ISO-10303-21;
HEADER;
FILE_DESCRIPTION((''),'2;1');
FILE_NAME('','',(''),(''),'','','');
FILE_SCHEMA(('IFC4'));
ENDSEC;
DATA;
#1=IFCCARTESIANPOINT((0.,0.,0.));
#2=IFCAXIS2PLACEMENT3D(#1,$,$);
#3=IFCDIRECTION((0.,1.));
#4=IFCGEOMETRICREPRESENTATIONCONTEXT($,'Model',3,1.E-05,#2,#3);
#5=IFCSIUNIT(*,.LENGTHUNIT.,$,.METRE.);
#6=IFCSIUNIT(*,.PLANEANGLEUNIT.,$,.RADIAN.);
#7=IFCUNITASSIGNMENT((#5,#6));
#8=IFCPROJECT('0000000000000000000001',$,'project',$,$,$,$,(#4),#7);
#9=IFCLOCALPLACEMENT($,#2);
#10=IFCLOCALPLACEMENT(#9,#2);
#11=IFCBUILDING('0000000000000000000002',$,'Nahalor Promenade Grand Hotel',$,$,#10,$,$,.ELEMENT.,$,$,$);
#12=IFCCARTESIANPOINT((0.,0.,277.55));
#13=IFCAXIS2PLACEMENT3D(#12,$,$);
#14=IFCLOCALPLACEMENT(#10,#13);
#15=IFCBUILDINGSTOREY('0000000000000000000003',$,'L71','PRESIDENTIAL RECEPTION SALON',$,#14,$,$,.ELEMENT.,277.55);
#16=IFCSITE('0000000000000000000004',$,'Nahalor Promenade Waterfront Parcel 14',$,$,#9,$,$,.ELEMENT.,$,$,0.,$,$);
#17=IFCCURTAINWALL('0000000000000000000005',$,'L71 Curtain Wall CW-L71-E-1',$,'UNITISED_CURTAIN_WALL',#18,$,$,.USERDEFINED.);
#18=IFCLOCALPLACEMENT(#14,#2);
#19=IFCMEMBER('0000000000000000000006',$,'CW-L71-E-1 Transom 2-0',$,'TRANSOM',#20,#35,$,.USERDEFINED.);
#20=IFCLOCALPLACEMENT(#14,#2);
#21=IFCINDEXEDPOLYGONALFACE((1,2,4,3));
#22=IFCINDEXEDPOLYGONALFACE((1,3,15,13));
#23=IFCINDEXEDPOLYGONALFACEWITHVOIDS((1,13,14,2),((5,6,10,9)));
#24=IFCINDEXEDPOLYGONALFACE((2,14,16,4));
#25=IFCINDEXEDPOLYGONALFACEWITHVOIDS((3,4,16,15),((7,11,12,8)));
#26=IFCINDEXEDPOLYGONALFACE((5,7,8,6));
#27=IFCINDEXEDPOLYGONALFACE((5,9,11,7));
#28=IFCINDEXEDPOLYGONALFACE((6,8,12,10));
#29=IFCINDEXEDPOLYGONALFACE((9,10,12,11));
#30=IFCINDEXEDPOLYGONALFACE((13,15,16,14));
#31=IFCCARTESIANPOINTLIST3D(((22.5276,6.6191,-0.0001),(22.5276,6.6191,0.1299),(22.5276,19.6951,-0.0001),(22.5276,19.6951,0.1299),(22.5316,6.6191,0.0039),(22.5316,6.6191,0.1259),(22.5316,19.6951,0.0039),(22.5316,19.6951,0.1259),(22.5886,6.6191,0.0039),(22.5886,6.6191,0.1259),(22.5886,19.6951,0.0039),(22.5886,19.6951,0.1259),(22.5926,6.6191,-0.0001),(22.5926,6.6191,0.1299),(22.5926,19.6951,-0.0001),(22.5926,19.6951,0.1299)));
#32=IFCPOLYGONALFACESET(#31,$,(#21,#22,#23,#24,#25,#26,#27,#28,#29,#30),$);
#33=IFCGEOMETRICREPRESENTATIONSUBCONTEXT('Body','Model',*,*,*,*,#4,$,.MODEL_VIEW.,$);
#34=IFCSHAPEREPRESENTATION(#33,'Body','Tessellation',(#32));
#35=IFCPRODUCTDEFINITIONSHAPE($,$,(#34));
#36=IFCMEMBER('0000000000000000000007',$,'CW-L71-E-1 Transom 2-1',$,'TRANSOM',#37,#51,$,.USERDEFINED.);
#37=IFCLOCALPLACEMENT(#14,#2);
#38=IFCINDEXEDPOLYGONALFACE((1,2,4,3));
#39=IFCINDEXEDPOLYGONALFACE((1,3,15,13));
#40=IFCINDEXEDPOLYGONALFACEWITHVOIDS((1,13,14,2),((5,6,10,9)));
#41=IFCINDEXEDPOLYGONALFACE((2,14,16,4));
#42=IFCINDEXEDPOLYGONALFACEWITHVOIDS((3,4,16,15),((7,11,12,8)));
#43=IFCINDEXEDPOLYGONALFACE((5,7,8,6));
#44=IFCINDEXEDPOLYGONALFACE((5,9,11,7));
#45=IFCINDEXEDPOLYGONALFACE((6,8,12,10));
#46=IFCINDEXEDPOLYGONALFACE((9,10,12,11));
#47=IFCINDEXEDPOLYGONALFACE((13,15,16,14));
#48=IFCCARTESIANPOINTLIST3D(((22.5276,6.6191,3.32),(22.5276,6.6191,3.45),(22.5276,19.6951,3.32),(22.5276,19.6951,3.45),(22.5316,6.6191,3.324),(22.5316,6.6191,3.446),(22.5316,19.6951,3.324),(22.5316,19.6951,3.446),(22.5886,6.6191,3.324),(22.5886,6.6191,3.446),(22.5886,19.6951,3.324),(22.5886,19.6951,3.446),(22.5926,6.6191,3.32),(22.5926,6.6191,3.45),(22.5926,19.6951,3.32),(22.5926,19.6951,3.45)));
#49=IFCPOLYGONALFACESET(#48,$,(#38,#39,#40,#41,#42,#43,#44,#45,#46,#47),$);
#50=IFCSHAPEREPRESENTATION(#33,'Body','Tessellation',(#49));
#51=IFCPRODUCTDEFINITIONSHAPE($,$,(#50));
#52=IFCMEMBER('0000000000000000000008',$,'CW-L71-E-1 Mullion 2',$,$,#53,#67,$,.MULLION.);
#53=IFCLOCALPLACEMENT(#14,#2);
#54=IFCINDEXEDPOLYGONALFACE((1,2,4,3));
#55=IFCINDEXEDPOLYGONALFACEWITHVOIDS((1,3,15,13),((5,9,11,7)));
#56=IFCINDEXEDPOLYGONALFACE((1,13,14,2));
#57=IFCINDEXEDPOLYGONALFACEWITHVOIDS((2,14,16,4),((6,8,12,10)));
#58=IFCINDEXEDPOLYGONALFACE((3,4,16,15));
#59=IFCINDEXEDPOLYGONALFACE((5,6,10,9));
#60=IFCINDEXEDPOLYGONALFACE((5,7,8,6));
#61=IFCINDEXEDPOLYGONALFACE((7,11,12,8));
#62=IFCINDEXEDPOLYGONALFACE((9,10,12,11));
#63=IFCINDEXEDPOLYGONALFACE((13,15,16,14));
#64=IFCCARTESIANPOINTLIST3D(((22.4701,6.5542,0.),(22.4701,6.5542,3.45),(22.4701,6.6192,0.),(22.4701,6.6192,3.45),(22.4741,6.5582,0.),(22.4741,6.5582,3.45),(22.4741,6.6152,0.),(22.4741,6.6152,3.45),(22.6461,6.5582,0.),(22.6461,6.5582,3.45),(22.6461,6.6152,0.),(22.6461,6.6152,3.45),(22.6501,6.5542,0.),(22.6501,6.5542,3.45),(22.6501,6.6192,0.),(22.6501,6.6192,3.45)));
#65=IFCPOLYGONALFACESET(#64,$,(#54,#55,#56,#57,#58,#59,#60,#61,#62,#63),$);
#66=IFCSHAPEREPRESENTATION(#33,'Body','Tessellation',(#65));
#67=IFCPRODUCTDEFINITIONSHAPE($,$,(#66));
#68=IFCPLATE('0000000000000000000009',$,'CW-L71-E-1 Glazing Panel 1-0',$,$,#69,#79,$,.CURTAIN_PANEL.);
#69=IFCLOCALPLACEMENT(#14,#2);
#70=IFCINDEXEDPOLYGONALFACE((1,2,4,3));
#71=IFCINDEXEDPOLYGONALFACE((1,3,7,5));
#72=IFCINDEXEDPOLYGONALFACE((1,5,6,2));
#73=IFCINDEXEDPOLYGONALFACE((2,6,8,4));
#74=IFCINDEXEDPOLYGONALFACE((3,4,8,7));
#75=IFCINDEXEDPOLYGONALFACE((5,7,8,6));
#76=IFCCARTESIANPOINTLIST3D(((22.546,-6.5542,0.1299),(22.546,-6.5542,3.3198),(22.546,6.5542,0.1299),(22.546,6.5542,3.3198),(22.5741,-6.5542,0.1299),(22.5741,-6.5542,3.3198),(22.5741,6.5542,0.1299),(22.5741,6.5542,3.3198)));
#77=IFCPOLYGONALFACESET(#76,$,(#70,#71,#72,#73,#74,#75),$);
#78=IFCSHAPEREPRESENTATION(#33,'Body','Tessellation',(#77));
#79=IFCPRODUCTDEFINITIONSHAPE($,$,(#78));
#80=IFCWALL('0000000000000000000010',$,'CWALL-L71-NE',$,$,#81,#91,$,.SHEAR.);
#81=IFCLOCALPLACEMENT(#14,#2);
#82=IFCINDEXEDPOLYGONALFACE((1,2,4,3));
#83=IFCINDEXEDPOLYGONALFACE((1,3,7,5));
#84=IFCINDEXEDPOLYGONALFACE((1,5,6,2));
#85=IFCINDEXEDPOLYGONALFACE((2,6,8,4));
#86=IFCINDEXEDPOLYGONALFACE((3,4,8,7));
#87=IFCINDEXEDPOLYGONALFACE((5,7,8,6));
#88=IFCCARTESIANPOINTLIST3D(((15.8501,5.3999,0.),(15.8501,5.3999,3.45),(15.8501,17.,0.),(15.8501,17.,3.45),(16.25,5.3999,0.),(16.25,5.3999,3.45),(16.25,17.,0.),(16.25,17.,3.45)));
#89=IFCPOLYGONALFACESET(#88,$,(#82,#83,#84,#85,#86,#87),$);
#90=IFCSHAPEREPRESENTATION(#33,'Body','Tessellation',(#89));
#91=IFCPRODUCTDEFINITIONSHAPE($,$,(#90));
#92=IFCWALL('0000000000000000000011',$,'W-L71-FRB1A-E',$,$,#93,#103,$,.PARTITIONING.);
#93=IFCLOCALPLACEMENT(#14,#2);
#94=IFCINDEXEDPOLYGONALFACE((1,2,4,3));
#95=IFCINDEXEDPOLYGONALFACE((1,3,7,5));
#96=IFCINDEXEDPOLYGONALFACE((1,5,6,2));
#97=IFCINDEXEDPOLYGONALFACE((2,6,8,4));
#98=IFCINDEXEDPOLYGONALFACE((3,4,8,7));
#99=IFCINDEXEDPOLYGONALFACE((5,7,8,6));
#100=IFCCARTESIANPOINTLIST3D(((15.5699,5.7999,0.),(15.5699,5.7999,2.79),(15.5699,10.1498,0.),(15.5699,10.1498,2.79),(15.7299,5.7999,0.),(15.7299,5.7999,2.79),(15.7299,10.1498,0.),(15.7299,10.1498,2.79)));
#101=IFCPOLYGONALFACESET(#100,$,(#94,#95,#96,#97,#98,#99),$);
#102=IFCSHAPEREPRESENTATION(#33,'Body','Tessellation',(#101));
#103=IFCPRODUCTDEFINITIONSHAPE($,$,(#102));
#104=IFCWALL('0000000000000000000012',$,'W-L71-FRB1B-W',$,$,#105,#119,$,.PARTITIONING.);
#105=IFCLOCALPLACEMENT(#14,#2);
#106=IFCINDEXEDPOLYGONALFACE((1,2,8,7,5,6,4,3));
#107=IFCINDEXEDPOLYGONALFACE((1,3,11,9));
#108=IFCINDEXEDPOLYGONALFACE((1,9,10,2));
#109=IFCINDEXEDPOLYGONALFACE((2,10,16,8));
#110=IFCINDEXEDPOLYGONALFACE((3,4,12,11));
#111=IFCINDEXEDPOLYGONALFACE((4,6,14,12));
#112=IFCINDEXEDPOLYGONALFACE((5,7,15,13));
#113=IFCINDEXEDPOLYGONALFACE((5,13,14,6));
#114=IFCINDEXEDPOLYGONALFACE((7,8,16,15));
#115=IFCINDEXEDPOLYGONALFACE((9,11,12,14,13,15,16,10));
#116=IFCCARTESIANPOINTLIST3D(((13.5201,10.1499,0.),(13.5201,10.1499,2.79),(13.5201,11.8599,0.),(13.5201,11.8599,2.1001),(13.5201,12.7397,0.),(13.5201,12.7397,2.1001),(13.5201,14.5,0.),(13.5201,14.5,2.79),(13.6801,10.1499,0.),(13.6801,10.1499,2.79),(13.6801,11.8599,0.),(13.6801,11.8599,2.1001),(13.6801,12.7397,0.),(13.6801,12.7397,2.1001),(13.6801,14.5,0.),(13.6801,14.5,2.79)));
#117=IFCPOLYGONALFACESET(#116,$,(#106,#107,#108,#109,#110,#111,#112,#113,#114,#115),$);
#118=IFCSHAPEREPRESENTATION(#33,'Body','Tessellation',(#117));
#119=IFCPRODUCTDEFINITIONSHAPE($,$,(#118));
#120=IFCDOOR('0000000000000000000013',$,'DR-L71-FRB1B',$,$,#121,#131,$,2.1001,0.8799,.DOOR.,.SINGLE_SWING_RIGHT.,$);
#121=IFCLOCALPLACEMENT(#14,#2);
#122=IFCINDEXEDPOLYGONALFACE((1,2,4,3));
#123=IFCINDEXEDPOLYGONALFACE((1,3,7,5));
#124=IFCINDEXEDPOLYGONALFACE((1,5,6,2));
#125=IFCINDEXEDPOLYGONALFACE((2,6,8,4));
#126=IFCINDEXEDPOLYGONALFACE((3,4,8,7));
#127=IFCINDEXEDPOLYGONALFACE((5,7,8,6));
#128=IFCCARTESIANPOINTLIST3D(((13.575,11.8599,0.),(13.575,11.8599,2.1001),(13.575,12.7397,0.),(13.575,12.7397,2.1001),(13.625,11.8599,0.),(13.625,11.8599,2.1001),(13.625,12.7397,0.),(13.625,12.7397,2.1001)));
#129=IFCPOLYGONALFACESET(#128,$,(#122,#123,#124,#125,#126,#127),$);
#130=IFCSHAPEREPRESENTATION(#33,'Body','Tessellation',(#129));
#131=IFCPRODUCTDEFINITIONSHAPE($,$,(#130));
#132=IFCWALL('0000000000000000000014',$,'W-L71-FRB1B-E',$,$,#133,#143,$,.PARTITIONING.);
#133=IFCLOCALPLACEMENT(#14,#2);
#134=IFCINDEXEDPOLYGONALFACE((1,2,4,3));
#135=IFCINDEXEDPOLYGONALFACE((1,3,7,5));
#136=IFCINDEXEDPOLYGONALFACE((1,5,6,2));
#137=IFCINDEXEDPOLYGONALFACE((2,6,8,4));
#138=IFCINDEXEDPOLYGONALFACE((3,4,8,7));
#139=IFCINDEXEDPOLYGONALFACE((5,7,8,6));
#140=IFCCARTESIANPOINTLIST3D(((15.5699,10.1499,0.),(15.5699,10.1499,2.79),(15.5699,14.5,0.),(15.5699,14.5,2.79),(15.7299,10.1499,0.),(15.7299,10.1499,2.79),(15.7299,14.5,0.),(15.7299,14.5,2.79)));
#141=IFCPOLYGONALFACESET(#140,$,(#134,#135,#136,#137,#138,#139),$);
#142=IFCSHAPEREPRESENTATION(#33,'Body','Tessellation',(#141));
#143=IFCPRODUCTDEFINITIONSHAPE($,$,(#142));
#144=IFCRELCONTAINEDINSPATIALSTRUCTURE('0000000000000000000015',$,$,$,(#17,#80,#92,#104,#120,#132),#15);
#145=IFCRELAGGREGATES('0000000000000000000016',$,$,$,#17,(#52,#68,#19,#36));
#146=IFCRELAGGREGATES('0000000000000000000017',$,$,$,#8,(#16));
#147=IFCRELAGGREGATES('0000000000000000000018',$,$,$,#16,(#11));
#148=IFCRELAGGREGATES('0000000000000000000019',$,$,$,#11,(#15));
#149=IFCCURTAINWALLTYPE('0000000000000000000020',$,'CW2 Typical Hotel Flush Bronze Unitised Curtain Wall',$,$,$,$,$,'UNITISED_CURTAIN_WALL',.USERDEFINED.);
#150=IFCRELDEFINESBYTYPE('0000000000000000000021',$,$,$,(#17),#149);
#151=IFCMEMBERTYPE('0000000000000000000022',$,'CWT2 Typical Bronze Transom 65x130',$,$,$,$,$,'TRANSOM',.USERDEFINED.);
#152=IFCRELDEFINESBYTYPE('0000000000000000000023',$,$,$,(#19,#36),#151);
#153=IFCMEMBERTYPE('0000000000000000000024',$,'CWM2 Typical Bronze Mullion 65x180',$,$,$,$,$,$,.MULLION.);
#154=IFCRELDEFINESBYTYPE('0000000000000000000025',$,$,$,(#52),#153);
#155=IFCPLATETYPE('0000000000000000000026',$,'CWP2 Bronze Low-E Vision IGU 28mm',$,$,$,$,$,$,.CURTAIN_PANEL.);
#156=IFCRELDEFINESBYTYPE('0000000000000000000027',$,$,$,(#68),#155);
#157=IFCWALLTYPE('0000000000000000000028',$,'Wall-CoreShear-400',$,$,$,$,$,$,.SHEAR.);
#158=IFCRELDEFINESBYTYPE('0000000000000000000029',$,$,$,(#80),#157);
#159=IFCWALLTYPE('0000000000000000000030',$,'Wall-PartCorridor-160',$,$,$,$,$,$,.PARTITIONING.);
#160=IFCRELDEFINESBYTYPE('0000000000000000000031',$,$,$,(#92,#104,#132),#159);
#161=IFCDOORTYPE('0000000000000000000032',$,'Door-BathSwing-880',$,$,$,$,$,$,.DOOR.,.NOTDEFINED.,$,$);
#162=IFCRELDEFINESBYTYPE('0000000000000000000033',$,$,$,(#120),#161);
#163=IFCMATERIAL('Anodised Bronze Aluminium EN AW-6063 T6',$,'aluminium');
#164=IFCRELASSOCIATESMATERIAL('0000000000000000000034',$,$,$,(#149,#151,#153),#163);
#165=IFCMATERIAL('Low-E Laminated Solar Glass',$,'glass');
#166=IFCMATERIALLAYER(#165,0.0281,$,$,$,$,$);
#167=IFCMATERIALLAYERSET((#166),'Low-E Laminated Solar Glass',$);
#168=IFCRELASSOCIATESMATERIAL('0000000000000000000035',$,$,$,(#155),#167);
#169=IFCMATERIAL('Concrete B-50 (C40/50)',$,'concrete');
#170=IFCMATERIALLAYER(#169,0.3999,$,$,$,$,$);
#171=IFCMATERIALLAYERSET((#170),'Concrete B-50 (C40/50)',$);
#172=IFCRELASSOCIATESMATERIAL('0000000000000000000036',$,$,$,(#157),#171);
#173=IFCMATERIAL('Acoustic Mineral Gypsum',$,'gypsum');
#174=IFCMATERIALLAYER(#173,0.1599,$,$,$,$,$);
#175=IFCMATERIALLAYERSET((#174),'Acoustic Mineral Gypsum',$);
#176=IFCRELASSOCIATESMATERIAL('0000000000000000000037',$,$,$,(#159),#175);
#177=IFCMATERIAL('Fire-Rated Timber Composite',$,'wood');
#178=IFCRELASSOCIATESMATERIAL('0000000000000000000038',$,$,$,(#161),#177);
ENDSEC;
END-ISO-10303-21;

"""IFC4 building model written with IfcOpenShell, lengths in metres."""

from ifc_helpers import new_model, si_unit, direction, frame, frame_2d, origin, origin_2d, place, context, subcontext, project, spatial, rectangle, hollow_rectangle, extrude, source, transform, mapped, material, layer, layer_set, material_profile, profile_set, type_object, element, fill, aggregate, save


model = new_model("IFC4")

# Units and contexts
model_context = context("Model", 3, precision=1e-05, world=origin(), true_north=direction((0.0, 1.0)))
body_context = subcontext(model_context, "Body", "Model", "MODEL_VIEW")
ifc_project = project(units=[si_unit("LENGTHUNIT", "METRE"), si_unit("PLANEANGLEUNIT", "RADIAN")], contexts=[model_context])

# Site, building, storey
site_placement = place(None, origin())
site = spatial("IfcSite", under=ifc_project, at=site_placement, Name="Nahalor Promenade Waterfront Parcel 14", CompositionType="ELEMENT", RefElevation=0.0)
building_placement = place(site_placement, origin())
building = spatial("IfcBuilding", under=site, at=building_placement, Name="Nahalor Promenade Grand Hotel", CompositionType="ELEMENT")
storey_placement = place(building_placement, frame((0.0, 0.0, 277.55)))
storey = spatial("IfcBuildingStorey", under=building, at=storey_placement, Name="L71", Description="PRESIDENTIAL RECEPTION SALON", CompositionType="ELEMENT", Elevation=277.55)

# Curtain wall, members, plate
ifc_material_1 = material(Name="Anodised Bronze Aluminium EN AW-6063 T6", Category="aluminium")
curtain_wall_type = type_object("IfcCurtainWallType", Name="CW2 Typical Hotel Flush Bronze Unitised Curtain Wall", ElementType="UNITISED_CURTAIN_WALL", PredefinedType="USERDEFINED", material=ifc_material_1)
curtain_wall_placement = place(storey_placement, origin())
curtain_wall = element("IfcCurtainWall", 1, at=curtain_wall_placement, inside=storey, type_object=curtain_wall_type, Name="L71 Curtain Wall CW-L71-E-1", ObjectType="UNITISED_CURTAIN_WALL", PredefinedType="USERDEFINED")
ifc_material_profile_1 = material_profile(ifc_material_1, hollow_rectangle(XDim=0.065, YDim=0.13, WallThickness=0.004, at=origin_2d()), Name="CWT 65x130x4")
ifc_profile_set_1 = profile_set([ifc_material_profile_1], Name="Anodised Bronze Aluminium EN AW-6063 T6")
member_type_1 = type_object("IfcMemberType", Name="CWT2 Typical Bronze Transom 65x130", ElementType="TRANSOM", PredefinedType="USERDEFINED", material=ifc_profile_set_1)
shared_shape_1 = source(origin(), body_context, "Body", "SweptSolid", [
    extrude(hollow_rectangle(XDim=0.065, YDim=0.13, WallThickness=0.004, at=origin_2d()), origin(), (0.0, 0.0, 1.0), 13.0759),
])
member_1_placement = place(storey_placement, frame((22.5601, 6.6191, 0.0649), z_axis=(0.0, 1.0, 0.0), x_axis=(-1.0, 0.0, 0.0)))
member_1 = element("IfcMember", 2, at=member_1_placement, type_object=member_type_1, Name="CW-L71-E-1 Transom 2-0", ObjectType="TRANSOM", PredefinedType="USERDEFINED", context=body_context, shape_type="MappedRepresentation", body=[
    mapped(shared_shape_1, transform((0.0, 0.0, 0.0), scale=1.0)),
])
member_2_placement = place(storey_placement, frame((22.5601, 6.6191, 3.385), z_axis=(0.0, 1.0, 0.0), x_axis=(-1.0, 0.0, 0.0)))
member_2 = element("IfcMember", 3, at=member_2_placement, type_object=member_type_1, Name="CW-L71-E-1 Transom 2-1", ObjectType="TRANSOM", PredefinedType="USERDEFINED", context=body_context, shape_type="MappedRepresentation", body=[
    mapped(shared_shape_1, transform((0.0, 0.0, 0.0), scale=1.0)),
])
ifc_material_profile_2 = material_profile(ifc_material_1, hollow_rectangle(XDim=0.065, YDim=0.18, WallThickness=0.004, at=origin_2d()), Name="CWM 65x180x4")
ifc_profile_set_2 = profile_set([ifc_material_profile_2], Name="Anodised Bronze Aluminium EN AW-6063 T6")
member_type_2 = type_object("IfcMemberType", Name="CWM2 Typical Bronze Mullion 65x180", PredefinedType="MULLION", material=ifc_profile_set_2)
shared_shape_2 = source(origin(), body_context, "Body", "SweptSolid", [
    extrude(hollow_rectangle(XDim=0.065, YDim=0.18, WallThickness=0.004, at=origin_2d()), origin(), (0.0, 0.0, 1.0), 3.45),
])
member_3_placement = place(storey_placement, frame((22.5601, 6.5867, 0.0), z_axis=(0.0, 0.0, 1.0), x_axis=(0.0, 1.0, 0.0)))
member_3 = element("IfcMember", 4, at=member_3_placement, type_object=member_type_2, Name="CW-L71-E-1 Mullion 2", PredefinedType="MULLION", context=body_context, shape_type="MappedRepresentation", body=[
    mapped(shared_shape_2, transform((0.0, 0.0, 0.0), scale=1.0)),
])
ifc_material_2 = material(Name="Low-E Laminated Solar Glass", Category="glass")
ifc_layer_1 = layer(ifc_material_2, 0.0281)
ifc_layer_set_1 = layer_set([ifc_layer_1], Name="Low-E Laminated Solar Glass")
plate_type = type_object("IfcPlateType", Name="CWP2 Bronze Low-E Vision IGU 28mm", PredefinedType="CURTAIN_PANEL", material=ifc_layer_set_1)
shared_shape_3 = source(origin(), body_context, "Body", "SweptSolid", [
    extrude(rectangle(XDim=13.1084, YDim=0.0281, at=origin_2d()), origin(), (0.0, 0.0, 1.0), 3.1899),
])
plate_placement = place(storey_placement, frame((22.5601, 0.0, 0.1299), z_axis=(0.0, 0.0, 1.0), x_axis=(0.0, 1.0, 0.0)))
plate = element("IfcPlate", 5, at=plate_placement, type_object=plate_type, Name="CW-L71-E-1 Glazing Panel 1-0", PredefinedType="CURTAIN_PANEL", context=body_context, shape_type="MappedRepresentation", body=[
    mapped(shared_shape_3, transform((0.0, 0.0, 0.0), scale=1.0)),
])
aggregate(curtain_wall, [member_3, plate, member_1, member_2])

# Walls
ifc_material_3 = material(Name="Concrete B-50 (C40/50)", Category="concrete")
ifc_layer_2 = layer(ifc_material_3, 0.3999)
ifc_layer_set_2 = layer_set([ifc_layer_2], Name="Concrete B-50 (C40/50)")
wall_type_1 = type_object("IfcWallType", Name="Wall-CoreShear-400", PredefinedType="SHEAR", material=ifc_layer_set_2)
shared_shape_4 = source(origin(), body_context, "Body", "SweptSolid", [
    extrude(rectangle(XDim=11.6001, YDim=0.3999, at=frame_2d((5.8, 0.0))), origin(), (0.0, 0.0, 1.0), 3.45),
])
wall_1_placement = place(storey_placement, frame((16.05, 5.3999, 0.0), z_axis=(0.0, 0.0, 1.0), x_axis=(0.0, 1.0, 0.0)))
element("IfcWall", 6, at=wall_1_placement, inside=storey, type_object=wall_type_1, Name="CWALL-L71-NE", PredefinedType="SHEAR", context=body_context, shape_type="MappedRepresentation", body=[
    mapped(shared_shape_4, transform((0.0, 0.0, 0.0), scale=1.0)),
])
ifc_material_4 = material(Name="Acoustic Mineral Gypsum", Category="gypsum")
ifc_layer_3 = layer(ifc_material_4, 0.1599)
ifc_layer_set_3 = layer_set([ifc_layer_3], Name="Acoustic Mineral Gypsum")
wall_type_2 = type_object("IfcWallType", Name="Wall-PartCorridor-160", PredefinedType="PARTITIONING", material=ifc_layer_set_3)
shared_shape_5 = source(origin(), body_context, "Body", "SweptSolid", [
    extrude(rectangle(XDim=4.3499, YDim=0.1599, at=frame_2d((2.1748, 0.0))), origin(), (0.0, 0.0, 1.0), 2.79),
])
wall_2_placement = place(storey_placement, frame((15.6499, 5.8, 0.0), z_axis=(0.0, 0.0, 1.0), x_axis=(0.0, 1.0, 0.0)))
element("IfcWall", 7, at=wall_2_placement, inside=storey, type_object=wall_type_2, Name="W-L71-FRB1A-E", PredefinedType="PARTITIONING", context=body_context, shape_type="MappedRepresentation", body=[
    mapped(shared_shape_5, transform((0.0, 0.0, 0.0), scale=1.0)),
])

# Wall, opening, door
shared_shape_6 = source(origin(), body_context, "Body", "SweptSolid", [
    extrude(rectangle(XDim=4.3501, YDim=0.1599, at=frame_2d((2.175, 0.0))), origin(), (0.0, 0.0, 1.0), 2.79),
])
wall_3_placement = place(storey_placement, frame((13.6001, 10.1499, 0.0), z_axis=(0.0, 0.0, 1.0), x_axis=(0.0, 1.0, 0.0)))
wall_3 = element("IfcWall", 8, at=wall_3_placement, inside=storey, type_object=wall_type_2, Name="W-L71-FRB1B-W", PredefinedType="PARTITIONING", context=body_context, shape_type="MappedRepresentation", body=[
    mapped(shared_shape_6, transform((0.0, 0.0, 0.0), scale=1.0)),
])
opening_1_placement = place(wall_3_placement, frame((1.71, 0.0, 0.0)))
opening_1 = element("IfcOpeningElement", 9, at=opening_1_placement, cuts=wall_3, PredefinedType="OPENING", context=body_context, shape_type="SweptSolid", body=[
    extrude(rectangle(XDim=0.8799, YDim=2.1001, at=frame_2d((0.4399, 1.05))), frame((0.0, 0.0898, 0.0), z_axis=(0.0, -1.0, 0.0), x_axis=(1.0, 0.0, 0.0)), (0.0, 0.0, 1.0), 0.1799),
])
ifc_material_5 = material(Name="Fire-Rated Timber Composite", Category="wood")
door_type_1 = type_object("IfcDoorType", Name="Door-BathSwing-880", OperationType="NOTDEFINED", PredefinedType="DOOR", material=ifc_material_5)
shared_shape_7 = source(origin(), body_context, "Body", "SweptSolid", [
    extrude(rectangle(XDim=0.8799, YDim=2.1001, at=frame_2d((0.4399, 1.05))), frame((0.0, 0.0249, 0.0), z_axis=(0.0, -1.0, 0.0), x_axis=(1.0, 0.0, 0.0)), (0.0, 0.0, 1.0), 0.05),
])
door_1_placement = place(opening_1_placement, frame((0.8799, 0.0, 0.0), z_axis=(0.0, 0.0, 1.0), x_axis=(-1.0, 0.0, 0.0)))
door_1 = element("IfcDoor", 10, at=door_1_placement, inside=storey, type_object=door_type_1, Name="DR-L71-FRB1B", OperationType="SINGLE_SWING_RIGHT", OverallHeight=2.1001, OverallWidth=0.8799, PredefinedType="DOOR", context=body_context, shape_type="MappedRepresentation", body=[
    mapped(shared_shape_7, transform((0.0, 0.0, 0.0), scale=1.0)),
])
fill(opening_1, door_1)

# Wall
wall_4_placement = place(storey_placement, frame((15.6499, 10.1499, 0.0), z_axis=(0.0, 0.0, 1.0), x_axis=(0.0, 1.0, 0.0)))
element("IfcWall", 11, at=wall_4_placement, inside=storey, type_object=wall_type_2, Name="W-L71-FRB1B-E", PredefinedType="PARTITIONING", context=body_context, shape_type="MappedRepresentation", body=[
    mapped(shared_shape_6, transform((0.0, 0.0, 0.0), scale=1.0)),
])

save(model, "model.ifc")
